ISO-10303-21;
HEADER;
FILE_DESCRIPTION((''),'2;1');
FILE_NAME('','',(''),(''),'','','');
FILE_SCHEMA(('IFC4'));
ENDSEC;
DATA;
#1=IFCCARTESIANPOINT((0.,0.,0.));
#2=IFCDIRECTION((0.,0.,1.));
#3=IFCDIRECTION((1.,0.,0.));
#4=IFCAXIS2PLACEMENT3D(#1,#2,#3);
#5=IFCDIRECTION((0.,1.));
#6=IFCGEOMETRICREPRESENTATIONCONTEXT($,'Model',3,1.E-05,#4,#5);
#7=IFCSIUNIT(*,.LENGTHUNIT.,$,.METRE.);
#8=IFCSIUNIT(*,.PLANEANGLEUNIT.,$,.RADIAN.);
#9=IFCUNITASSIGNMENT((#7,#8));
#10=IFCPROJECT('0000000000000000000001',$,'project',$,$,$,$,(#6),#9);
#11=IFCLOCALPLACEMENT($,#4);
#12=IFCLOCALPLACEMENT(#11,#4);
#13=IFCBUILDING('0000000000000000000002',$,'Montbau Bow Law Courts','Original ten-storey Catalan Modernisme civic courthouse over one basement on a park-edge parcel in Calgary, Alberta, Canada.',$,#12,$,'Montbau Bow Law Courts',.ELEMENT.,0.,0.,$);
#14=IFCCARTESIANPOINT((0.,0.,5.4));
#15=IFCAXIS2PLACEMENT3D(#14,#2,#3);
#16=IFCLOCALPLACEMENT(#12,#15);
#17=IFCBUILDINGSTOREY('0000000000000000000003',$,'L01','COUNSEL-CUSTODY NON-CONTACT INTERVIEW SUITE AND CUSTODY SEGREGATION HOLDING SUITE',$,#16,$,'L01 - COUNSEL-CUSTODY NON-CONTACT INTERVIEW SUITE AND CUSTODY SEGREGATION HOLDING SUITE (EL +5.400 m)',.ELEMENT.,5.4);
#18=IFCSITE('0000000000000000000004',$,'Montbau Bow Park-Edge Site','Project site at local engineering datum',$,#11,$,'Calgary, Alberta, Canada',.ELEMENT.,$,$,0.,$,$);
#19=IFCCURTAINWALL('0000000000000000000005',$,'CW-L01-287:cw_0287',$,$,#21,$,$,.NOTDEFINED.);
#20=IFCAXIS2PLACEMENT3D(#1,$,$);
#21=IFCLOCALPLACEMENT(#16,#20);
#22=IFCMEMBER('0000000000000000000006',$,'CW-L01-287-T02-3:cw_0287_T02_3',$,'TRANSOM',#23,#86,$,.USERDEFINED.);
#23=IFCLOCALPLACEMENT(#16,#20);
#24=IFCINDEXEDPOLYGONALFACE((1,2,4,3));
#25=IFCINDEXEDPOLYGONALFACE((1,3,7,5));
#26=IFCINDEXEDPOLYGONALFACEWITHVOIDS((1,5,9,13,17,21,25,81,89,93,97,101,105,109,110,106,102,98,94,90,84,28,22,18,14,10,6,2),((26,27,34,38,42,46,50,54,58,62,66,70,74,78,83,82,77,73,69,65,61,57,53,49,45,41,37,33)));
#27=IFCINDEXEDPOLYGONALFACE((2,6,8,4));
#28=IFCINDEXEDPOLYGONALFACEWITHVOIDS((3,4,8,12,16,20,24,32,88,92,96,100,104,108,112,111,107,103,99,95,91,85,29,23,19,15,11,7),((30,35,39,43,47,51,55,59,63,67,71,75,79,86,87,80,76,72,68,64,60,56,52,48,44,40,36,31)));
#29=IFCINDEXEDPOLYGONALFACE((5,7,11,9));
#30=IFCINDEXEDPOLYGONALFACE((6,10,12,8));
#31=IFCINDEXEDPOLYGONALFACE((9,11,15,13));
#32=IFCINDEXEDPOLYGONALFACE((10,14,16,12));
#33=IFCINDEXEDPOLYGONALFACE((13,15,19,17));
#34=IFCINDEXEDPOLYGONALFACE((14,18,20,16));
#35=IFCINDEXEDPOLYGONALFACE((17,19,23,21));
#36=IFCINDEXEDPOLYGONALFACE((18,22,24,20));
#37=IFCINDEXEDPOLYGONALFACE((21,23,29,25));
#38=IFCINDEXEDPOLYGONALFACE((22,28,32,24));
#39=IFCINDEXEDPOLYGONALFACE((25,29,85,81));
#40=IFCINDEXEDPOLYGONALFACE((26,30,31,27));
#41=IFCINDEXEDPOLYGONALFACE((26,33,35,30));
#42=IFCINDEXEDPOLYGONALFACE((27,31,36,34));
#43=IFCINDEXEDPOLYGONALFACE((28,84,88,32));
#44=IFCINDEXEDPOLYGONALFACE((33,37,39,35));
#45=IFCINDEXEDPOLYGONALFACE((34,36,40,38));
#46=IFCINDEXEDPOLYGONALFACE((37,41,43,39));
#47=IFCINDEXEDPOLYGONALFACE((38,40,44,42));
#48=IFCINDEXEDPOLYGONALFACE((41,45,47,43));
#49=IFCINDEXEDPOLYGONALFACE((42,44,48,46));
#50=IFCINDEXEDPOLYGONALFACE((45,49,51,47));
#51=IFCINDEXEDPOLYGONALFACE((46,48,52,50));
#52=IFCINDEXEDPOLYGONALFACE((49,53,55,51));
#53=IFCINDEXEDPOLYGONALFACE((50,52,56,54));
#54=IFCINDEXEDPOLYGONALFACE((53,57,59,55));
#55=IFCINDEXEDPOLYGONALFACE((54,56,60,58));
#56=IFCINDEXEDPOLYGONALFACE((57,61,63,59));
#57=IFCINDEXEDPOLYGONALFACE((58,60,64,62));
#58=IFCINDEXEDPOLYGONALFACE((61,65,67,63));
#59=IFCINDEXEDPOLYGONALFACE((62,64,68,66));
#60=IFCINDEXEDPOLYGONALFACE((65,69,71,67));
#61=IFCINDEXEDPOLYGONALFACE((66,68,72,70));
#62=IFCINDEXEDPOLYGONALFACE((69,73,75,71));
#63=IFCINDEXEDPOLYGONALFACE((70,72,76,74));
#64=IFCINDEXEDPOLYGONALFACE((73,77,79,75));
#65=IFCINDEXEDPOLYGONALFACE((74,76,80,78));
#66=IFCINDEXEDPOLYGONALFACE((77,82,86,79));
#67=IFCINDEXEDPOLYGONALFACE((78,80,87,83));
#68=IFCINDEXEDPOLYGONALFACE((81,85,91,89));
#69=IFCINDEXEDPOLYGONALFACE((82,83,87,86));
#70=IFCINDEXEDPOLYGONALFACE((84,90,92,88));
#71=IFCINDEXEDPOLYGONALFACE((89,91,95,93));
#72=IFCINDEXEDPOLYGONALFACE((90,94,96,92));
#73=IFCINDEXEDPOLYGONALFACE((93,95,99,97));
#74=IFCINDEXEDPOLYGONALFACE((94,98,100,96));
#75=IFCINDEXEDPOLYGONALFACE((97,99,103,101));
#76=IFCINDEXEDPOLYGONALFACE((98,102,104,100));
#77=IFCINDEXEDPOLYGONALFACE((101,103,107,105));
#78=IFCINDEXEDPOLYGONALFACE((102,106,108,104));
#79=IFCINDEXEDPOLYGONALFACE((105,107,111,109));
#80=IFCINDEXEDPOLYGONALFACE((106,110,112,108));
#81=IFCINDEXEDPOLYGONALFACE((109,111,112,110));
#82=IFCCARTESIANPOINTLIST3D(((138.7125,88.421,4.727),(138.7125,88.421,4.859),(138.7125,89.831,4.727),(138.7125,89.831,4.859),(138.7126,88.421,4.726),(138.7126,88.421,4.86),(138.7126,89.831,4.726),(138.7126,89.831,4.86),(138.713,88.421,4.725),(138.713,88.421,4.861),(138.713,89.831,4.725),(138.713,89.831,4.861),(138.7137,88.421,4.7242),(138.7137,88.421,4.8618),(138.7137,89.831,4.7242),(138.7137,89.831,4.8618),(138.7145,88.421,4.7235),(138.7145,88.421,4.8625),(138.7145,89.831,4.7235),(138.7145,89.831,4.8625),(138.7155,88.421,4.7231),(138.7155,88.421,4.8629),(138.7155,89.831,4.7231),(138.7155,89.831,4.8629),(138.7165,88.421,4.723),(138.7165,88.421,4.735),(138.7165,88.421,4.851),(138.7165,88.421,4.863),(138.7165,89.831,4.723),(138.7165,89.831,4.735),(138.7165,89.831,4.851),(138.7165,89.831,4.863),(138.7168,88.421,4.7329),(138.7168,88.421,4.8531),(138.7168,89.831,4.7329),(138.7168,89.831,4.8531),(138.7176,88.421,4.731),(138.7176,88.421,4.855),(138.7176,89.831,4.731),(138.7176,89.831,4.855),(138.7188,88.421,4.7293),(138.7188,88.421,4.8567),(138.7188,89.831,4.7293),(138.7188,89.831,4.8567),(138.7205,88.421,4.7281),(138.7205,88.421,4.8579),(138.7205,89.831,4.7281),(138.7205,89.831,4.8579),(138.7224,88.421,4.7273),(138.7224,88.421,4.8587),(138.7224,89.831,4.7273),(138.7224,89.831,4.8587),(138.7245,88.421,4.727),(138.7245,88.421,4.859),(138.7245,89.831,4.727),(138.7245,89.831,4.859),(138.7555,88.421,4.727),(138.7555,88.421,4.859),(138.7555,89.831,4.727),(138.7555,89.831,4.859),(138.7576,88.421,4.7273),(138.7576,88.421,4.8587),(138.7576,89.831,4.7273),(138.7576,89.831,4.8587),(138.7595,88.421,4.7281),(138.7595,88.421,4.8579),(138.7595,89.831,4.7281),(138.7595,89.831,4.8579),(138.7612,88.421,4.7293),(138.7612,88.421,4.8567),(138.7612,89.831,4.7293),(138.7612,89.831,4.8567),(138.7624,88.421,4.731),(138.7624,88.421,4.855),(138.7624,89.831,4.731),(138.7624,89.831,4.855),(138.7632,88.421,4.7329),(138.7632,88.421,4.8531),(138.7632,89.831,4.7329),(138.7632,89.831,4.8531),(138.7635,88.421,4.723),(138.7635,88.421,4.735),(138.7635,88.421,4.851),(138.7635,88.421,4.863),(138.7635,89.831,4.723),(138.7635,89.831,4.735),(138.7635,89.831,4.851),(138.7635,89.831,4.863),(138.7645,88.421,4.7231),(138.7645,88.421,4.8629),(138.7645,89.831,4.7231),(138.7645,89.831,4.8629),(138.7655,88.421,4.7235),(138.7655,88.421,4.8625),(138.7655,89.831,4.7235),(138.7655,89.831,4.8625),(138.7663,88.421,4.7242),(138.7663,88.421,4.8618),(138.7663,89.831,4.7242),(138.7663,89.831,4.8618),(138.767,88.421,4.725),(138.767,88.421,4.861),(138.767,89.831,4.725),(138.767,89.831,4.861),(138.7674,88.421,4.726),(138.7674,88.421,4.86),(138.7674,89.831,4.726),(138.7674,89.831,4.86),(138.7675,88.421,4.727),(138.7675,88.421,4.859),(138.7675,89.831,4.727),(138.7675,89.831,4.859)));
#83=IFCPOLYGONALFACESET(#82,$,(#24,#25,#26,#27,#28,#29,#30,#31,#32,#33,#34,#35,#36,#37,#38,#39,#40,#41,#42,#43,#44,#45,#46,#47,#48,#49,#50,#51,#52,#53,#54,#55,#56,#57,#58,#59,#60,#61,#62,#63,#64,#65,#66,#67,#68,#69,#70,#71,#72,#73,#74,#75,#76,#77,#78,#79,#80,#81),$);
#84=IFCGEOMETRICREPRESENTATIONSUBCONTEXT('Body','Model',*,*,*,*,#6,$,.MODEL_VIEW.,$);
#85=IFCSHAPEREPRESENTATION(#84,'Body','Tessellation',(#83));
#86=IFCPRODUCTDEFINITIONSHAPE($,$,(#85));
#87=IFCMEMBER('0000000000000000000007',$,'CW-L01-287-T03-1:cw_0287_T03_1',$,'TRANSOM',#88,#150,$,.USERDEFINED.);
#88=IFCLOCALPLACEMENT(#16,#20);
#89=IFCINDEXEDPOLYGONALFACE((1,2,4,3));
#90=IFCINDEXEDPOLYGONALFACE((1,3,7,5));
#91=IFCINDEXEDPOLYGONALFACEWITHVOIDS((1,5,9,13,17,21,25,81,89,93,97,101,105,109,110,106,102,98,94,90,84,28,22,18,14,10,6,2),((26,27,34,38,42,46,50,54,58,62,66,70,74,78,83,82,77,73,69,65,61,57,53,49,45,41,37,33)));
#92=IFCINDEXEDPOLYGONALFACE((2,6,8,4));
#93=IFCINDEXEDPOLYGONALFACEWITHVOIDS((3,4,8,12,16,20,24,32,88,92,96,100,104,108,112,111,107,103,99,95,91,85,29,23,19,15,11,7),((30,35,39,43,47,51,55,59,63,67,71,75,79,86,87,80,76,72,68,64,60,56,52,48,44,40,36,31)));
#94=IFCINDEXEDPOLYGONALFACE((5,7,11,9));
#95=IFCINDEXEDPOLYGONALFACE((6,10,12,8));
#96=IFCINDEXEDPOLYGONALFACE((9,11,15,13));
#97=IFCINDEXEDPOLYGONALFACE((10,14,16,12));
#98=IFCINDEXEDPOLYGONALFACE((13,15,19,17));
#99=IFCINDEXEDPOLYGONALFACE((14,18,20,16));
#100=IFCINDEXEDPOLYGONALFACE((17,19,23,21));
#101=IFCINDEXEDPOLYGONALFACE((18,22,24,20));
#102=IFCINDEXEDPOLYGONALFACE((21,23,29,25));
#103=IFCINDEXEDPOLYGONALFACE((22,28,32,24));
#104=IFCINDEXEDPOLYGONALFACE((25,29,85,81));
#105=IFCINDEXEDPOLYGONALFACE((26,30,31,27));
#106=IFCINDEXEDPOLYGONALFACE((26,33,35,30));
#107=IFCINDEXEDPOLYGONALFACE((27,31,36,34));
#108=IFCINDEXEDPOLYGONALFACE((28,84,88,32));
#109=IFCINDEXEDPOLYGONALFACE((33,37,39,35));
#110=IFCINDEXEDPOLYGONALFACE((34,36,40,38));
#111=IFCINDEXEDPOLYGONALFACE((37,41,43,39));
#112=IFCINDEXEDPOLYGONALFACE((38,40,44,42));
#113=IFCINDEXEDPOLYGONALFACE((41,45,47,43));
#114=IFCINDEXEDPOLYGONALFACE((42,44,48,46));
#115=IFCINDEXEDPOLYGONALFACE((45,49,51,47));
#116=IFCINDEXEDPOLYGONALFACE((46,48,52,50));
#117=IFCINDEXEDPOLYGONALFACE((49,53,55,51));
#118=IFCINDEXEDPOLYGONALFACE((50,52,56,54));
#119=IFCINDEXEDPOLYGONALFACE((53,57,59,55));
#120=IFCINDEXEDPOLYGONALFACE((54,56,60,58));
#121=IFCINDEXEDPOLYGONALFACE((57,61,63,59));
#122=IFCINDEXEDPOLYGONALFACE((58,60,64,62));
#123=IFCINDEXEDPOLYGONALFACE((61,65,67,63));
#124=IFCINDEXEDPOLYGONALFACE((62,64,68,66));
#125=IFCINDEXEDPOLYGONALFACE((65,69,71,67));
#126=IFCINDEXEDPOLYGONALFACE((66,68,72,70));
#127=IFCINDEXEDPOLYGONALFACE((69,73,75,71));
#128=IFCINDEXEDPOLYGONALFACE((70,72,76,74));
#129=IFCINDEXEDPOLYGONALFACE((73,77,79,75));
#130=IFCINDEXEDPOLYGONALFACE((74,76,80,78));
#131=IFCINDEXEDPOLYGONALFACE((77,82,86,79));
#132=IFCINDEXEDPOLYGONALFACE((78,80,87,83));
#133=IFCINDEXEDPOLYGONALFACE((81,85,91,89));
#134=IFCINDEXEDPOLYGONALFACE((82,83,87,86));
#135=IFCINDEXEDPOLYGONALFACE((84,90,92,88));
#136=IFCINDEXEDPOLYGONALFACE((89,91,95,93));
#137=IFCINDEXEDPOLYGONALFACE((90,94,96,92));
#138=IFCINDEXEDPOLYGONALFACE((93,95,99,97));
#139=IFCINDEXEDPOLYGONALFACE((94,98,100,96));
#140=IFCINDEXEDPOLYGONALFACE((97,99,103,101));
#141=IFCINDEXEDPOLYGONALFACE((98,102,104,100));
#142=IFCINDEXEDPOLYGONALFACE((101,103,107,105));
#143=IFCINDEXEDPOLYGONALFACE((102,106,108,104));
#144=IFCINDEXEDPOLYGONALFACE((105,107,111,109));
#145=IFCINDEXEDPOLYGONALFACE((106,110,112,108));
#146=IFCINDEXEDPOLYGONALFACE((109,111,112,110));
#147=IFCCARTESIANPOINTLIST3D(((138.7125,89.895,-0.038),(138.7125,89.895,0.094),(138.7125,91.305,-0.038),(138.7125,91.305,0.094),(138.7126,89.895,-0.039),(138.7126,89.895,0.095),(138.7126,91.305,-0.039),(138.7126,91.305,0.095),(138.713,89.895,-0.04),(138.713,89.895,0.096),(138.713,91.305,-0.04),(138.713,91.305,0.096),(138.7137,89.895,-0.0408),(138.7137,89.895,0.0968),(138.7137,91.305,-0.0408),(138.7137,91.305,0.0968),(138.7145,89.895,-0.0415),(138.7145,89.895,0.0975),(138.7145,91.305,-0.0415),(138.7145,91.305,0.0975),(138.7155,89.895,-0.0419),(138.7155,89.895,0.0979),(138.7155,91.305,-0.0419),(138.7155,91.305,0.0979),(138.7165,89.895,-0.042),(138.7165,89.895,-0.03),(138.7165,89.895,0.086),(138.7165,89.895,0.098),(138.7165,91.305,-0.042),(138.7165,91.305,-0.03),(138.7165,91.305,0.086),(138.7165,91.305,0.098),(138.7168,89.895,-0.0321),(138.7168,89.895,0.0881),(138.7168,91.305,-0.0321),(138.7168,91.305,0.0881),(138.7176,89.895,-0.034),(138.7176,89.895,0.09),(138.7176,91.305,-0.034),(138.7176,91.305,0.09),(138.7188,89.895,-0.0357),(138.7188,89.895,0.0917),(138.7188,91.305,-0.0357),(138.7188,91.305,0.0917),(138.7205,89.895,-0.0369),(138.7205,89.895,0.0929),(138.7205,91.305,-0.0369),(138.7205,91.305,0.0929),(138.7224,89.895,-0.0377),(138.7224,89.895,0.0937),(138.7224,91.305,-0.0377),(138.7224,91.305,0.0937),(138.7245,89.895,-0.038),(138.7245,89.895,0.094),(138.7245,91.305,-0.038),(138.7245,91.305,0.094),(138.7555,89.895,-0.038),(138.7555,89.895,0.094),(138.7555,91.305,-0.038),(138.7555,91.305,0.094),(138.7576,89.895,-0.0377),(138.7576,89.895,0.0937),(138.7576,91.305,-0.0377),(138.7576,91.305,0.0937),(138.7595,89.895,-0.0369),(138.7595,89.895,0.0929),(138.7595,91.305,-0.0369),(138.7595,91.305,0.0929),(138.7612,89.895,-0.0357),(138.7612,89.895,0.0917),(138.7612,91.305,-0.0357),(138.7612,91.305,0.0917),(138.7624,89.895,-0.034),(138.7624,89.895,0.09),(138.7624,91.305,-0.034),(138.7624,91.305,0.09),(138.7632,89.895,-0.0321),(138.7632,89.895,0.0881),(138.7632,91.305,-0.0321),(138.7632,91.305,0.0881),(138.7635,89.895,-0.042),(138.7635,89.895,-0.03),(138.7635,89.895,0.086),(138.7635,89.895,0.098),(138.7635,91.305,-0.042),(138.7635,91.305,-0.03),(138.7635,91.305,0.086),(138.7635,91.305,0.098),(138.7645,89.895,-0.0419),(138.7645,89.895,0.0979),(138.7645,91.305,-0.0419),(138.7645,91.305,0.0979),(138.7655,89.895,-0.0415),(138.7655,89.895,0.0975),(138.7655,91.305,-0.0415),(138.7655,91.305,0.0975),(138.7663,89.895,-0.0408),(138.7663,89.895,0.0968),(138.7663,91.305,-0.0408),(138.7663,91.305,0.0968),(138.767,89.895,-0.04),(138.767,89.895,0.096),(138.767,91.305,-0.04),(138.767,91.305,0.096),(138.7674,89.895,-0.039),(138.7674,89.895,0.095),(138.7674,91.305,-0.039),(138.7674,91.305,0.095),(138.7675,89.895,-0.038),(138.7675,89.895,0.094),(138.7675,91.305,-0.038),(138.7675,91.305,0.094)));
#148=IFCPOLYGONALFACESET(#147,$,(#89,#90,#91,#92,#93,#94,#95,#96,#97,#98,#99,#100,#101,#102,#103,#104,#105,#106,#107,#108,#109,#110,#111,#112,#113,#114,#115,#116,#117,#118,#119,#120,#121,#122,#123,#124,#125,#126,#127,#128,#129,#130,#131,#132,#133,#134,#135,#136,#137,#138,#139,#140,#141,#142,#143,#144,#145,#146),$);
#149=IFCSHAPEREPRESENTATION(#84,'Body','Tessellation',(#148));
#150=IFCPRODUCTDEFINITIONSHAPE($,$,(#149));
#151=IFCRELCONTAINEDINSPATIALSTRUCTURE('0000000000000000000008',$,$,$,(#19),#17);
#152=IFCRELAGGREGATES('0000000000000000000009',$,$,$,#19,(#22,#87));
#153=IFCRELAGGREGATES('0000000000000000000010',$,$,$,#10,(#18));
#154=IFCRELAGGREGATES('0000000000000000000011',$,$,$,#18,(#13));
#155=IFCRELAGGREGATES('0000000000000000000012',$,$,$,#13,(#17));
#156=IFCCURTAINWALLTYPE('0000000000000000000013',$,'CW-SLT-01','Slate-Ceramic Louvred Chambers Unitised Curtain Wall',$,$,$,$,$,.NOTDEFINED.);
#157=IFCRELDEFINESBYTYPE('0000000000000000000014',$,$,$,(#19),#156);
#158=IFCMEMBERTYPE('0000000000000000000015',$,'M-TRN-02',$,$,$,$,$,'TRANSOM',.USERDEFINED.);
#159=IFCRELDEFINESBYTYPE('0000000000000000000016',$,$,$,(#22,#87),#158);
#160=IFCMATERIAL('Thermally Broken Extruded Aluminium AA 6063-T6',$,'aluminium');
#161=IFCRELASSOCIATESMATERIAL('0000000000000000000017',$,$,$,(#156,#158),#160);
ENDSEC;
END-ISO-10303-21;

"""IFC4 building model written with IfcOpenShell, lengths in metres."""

from ifc_helpers import new_model, si_unit, direction, frame, origin_with_axes, origin_2d_with_axis, place, context, subcontext, project, spatial, hollow_rectangle, extrude, material, material_profile, profile_set, type_object, element, aggregate, save


model = new_model("IFC4")

# Units and contexts
model_context = context("Model", 3, precision=1e-05, world=origin_with_axes(), true_north=direction((0.0, 1.0)))
body_context = subcontext(model_context, "Body", "Model", "MODEL_VIEW")
ifc_project = project(units=[si_unit("LENGTHUNIT", "METRE"), si_unit("PLANEANGLEUNIT", "RADIAN")], contexts=[model_context])

# Site, building, storey
site_placement = place(None, origin_with_axes())
site = spatial("IfcSite", under=ifc_project, at=site_placement, Name="Montbau Bow Park-Edge Site", Description="Project site at local engineering datum", LongName="Calgary, Alberta, Canada", CompositionType="ELEMENT", RefElevation=0.0)
building_placement = place(site_placement, origin_with_axes())
building = spatial("IfcBuilding", under=site, at=building_placement, Name="Montbau Bow Law Courts", Description="Original ten-storey Catalan Modernisme civic courthouse over one basement on a park-edge parcel in Calgary, Alberta, Canada.", LongName="Montbau Bow Law Courts", CompositionType="ELEMENT", ElevationOfRefHeight=0.0, ElevationOfTerrain=0.0)
storey_placement = place(building_placement, frame((0.0, 0.0, 5.4), z_axis=(0.0, 0.0, 1.0), x_axis=(1.0, 0.0, 0.0)))
storey = spatial("IfcBuildingStorey", under=building, at=storey_placement, Name="L01", Description="COUNSEL-CUSTODY NON-CONTACT INTERVIEW SUITE AND CUSTODY SEGREGATION HOLDING SUITE", LongName="L01 - COUNSEL-CUSTODY NON-CONTACT INTERVIEW SUITE AND CUSTODY SEGREGATION HOLDING SUITE (EL +5.400 m)", CompositionType="ELEMENT", Elevation=5.4)

# Curtain wall, members
ifc_material_1 = material(Name="Thermally Broken Extruded Aluminium AA 6063-T6", Category="aluminium")
curtain_wall_type = type_object("IfcCurtainWallType", Name="CW-SLT-01", Description="Slate-Ceramic Louvred Chambers Unitised Curtain Wall", PredefinedType="NOTDEFINED", material=ifc_material_1)
curtain_wall_placement = place(None, frame((138.74, 86.915, 5.4), z_axis=(0.0, 0.0, 1.0), x_axis=(1.0, 0.0, 0.0)))
curtain_wall = element("IfcCurtainWall", 1, at=curtain_wall_placement, inside=storey, type_object=curtain_wall_type, Name="CW-L01-287:cw_0287", PredefinedType="NOTDEFINED")
ifc_material_profile_1 = material_profile(ifc_material_1, hollow_rectangle(XDim=0.055, YDim=0.14, WallThickness=0.004, InnerFilletRadius=0.008, OuterFilletRadius=0.004, at=origin_2d_with_axis()), Name="CWT-140X55", Category="Main", Priority=0)
ifc_profile_set_1 = profile_set([ifc_material_profile_1], Name="Thermally Broken Extruded Aluminium AA 6063-T6")
member_type_1 = type_object("IfcMemberType", Name="M-TRN-02", ElementType="TRANSOM", PredefinedType="USERDEFINED", material=ifc_profile_set_1)
member_1_placement = place(None, frame((138.74, 88.421, 10.193), z_axis=(0.0, 1.0, 0.0), x_axis=(-1.0, 0.0, 0.0)))
member_1 = element("IfcMember", 2, at=member_1_placement, type_object=member_type_1, Name="CW-L01-287-T02-3:cw_0287_T02_3", ObjectType="TRANSOM", PredefinedType="USERDEFINED", context=body_context, shape_type="SweptSolid", body=[
    extrude(hollow_rectangle(XDim=0.055, YDim=0.14, WallThickness=0.004, InnerFilletRadius=0.008, OuterFilletRadius=0.004, at=origin_2d_with_axis()), origin_with_axes(), (0.0, 0.0, 1.0), 1.41),
])
member_2_placement = place(None, frame((138.74, 89.895, 5.428), z_axis=(0.0, 1.0, 0.0), x_axis=(-1.0, 0.0, 0.0)))
member_2 = element("IfcMember", 3, at=member_2_placement, type_object=member_type_1, Name="CW-L01-287-T03-1:cw_0287_T03_1", ObjectType="TRANSOM", PredefinedType="USERDEFINED", context=body_context, shape_type="SweptSolid", body=[
    extrude(hollow_rectangle(XDim=0.055, YDim=0.14, WallThickness=0.004, InnerFilletRadius=0.008, OuterFilletRadius=0.004, at=origin_2d_with_axis()), origin_with_axes(), (0.0, 0.0, 1.0), 1.41),
])
aggregate(curtain_wall, [member_1, member_2])

save(model, "model.ifc")
